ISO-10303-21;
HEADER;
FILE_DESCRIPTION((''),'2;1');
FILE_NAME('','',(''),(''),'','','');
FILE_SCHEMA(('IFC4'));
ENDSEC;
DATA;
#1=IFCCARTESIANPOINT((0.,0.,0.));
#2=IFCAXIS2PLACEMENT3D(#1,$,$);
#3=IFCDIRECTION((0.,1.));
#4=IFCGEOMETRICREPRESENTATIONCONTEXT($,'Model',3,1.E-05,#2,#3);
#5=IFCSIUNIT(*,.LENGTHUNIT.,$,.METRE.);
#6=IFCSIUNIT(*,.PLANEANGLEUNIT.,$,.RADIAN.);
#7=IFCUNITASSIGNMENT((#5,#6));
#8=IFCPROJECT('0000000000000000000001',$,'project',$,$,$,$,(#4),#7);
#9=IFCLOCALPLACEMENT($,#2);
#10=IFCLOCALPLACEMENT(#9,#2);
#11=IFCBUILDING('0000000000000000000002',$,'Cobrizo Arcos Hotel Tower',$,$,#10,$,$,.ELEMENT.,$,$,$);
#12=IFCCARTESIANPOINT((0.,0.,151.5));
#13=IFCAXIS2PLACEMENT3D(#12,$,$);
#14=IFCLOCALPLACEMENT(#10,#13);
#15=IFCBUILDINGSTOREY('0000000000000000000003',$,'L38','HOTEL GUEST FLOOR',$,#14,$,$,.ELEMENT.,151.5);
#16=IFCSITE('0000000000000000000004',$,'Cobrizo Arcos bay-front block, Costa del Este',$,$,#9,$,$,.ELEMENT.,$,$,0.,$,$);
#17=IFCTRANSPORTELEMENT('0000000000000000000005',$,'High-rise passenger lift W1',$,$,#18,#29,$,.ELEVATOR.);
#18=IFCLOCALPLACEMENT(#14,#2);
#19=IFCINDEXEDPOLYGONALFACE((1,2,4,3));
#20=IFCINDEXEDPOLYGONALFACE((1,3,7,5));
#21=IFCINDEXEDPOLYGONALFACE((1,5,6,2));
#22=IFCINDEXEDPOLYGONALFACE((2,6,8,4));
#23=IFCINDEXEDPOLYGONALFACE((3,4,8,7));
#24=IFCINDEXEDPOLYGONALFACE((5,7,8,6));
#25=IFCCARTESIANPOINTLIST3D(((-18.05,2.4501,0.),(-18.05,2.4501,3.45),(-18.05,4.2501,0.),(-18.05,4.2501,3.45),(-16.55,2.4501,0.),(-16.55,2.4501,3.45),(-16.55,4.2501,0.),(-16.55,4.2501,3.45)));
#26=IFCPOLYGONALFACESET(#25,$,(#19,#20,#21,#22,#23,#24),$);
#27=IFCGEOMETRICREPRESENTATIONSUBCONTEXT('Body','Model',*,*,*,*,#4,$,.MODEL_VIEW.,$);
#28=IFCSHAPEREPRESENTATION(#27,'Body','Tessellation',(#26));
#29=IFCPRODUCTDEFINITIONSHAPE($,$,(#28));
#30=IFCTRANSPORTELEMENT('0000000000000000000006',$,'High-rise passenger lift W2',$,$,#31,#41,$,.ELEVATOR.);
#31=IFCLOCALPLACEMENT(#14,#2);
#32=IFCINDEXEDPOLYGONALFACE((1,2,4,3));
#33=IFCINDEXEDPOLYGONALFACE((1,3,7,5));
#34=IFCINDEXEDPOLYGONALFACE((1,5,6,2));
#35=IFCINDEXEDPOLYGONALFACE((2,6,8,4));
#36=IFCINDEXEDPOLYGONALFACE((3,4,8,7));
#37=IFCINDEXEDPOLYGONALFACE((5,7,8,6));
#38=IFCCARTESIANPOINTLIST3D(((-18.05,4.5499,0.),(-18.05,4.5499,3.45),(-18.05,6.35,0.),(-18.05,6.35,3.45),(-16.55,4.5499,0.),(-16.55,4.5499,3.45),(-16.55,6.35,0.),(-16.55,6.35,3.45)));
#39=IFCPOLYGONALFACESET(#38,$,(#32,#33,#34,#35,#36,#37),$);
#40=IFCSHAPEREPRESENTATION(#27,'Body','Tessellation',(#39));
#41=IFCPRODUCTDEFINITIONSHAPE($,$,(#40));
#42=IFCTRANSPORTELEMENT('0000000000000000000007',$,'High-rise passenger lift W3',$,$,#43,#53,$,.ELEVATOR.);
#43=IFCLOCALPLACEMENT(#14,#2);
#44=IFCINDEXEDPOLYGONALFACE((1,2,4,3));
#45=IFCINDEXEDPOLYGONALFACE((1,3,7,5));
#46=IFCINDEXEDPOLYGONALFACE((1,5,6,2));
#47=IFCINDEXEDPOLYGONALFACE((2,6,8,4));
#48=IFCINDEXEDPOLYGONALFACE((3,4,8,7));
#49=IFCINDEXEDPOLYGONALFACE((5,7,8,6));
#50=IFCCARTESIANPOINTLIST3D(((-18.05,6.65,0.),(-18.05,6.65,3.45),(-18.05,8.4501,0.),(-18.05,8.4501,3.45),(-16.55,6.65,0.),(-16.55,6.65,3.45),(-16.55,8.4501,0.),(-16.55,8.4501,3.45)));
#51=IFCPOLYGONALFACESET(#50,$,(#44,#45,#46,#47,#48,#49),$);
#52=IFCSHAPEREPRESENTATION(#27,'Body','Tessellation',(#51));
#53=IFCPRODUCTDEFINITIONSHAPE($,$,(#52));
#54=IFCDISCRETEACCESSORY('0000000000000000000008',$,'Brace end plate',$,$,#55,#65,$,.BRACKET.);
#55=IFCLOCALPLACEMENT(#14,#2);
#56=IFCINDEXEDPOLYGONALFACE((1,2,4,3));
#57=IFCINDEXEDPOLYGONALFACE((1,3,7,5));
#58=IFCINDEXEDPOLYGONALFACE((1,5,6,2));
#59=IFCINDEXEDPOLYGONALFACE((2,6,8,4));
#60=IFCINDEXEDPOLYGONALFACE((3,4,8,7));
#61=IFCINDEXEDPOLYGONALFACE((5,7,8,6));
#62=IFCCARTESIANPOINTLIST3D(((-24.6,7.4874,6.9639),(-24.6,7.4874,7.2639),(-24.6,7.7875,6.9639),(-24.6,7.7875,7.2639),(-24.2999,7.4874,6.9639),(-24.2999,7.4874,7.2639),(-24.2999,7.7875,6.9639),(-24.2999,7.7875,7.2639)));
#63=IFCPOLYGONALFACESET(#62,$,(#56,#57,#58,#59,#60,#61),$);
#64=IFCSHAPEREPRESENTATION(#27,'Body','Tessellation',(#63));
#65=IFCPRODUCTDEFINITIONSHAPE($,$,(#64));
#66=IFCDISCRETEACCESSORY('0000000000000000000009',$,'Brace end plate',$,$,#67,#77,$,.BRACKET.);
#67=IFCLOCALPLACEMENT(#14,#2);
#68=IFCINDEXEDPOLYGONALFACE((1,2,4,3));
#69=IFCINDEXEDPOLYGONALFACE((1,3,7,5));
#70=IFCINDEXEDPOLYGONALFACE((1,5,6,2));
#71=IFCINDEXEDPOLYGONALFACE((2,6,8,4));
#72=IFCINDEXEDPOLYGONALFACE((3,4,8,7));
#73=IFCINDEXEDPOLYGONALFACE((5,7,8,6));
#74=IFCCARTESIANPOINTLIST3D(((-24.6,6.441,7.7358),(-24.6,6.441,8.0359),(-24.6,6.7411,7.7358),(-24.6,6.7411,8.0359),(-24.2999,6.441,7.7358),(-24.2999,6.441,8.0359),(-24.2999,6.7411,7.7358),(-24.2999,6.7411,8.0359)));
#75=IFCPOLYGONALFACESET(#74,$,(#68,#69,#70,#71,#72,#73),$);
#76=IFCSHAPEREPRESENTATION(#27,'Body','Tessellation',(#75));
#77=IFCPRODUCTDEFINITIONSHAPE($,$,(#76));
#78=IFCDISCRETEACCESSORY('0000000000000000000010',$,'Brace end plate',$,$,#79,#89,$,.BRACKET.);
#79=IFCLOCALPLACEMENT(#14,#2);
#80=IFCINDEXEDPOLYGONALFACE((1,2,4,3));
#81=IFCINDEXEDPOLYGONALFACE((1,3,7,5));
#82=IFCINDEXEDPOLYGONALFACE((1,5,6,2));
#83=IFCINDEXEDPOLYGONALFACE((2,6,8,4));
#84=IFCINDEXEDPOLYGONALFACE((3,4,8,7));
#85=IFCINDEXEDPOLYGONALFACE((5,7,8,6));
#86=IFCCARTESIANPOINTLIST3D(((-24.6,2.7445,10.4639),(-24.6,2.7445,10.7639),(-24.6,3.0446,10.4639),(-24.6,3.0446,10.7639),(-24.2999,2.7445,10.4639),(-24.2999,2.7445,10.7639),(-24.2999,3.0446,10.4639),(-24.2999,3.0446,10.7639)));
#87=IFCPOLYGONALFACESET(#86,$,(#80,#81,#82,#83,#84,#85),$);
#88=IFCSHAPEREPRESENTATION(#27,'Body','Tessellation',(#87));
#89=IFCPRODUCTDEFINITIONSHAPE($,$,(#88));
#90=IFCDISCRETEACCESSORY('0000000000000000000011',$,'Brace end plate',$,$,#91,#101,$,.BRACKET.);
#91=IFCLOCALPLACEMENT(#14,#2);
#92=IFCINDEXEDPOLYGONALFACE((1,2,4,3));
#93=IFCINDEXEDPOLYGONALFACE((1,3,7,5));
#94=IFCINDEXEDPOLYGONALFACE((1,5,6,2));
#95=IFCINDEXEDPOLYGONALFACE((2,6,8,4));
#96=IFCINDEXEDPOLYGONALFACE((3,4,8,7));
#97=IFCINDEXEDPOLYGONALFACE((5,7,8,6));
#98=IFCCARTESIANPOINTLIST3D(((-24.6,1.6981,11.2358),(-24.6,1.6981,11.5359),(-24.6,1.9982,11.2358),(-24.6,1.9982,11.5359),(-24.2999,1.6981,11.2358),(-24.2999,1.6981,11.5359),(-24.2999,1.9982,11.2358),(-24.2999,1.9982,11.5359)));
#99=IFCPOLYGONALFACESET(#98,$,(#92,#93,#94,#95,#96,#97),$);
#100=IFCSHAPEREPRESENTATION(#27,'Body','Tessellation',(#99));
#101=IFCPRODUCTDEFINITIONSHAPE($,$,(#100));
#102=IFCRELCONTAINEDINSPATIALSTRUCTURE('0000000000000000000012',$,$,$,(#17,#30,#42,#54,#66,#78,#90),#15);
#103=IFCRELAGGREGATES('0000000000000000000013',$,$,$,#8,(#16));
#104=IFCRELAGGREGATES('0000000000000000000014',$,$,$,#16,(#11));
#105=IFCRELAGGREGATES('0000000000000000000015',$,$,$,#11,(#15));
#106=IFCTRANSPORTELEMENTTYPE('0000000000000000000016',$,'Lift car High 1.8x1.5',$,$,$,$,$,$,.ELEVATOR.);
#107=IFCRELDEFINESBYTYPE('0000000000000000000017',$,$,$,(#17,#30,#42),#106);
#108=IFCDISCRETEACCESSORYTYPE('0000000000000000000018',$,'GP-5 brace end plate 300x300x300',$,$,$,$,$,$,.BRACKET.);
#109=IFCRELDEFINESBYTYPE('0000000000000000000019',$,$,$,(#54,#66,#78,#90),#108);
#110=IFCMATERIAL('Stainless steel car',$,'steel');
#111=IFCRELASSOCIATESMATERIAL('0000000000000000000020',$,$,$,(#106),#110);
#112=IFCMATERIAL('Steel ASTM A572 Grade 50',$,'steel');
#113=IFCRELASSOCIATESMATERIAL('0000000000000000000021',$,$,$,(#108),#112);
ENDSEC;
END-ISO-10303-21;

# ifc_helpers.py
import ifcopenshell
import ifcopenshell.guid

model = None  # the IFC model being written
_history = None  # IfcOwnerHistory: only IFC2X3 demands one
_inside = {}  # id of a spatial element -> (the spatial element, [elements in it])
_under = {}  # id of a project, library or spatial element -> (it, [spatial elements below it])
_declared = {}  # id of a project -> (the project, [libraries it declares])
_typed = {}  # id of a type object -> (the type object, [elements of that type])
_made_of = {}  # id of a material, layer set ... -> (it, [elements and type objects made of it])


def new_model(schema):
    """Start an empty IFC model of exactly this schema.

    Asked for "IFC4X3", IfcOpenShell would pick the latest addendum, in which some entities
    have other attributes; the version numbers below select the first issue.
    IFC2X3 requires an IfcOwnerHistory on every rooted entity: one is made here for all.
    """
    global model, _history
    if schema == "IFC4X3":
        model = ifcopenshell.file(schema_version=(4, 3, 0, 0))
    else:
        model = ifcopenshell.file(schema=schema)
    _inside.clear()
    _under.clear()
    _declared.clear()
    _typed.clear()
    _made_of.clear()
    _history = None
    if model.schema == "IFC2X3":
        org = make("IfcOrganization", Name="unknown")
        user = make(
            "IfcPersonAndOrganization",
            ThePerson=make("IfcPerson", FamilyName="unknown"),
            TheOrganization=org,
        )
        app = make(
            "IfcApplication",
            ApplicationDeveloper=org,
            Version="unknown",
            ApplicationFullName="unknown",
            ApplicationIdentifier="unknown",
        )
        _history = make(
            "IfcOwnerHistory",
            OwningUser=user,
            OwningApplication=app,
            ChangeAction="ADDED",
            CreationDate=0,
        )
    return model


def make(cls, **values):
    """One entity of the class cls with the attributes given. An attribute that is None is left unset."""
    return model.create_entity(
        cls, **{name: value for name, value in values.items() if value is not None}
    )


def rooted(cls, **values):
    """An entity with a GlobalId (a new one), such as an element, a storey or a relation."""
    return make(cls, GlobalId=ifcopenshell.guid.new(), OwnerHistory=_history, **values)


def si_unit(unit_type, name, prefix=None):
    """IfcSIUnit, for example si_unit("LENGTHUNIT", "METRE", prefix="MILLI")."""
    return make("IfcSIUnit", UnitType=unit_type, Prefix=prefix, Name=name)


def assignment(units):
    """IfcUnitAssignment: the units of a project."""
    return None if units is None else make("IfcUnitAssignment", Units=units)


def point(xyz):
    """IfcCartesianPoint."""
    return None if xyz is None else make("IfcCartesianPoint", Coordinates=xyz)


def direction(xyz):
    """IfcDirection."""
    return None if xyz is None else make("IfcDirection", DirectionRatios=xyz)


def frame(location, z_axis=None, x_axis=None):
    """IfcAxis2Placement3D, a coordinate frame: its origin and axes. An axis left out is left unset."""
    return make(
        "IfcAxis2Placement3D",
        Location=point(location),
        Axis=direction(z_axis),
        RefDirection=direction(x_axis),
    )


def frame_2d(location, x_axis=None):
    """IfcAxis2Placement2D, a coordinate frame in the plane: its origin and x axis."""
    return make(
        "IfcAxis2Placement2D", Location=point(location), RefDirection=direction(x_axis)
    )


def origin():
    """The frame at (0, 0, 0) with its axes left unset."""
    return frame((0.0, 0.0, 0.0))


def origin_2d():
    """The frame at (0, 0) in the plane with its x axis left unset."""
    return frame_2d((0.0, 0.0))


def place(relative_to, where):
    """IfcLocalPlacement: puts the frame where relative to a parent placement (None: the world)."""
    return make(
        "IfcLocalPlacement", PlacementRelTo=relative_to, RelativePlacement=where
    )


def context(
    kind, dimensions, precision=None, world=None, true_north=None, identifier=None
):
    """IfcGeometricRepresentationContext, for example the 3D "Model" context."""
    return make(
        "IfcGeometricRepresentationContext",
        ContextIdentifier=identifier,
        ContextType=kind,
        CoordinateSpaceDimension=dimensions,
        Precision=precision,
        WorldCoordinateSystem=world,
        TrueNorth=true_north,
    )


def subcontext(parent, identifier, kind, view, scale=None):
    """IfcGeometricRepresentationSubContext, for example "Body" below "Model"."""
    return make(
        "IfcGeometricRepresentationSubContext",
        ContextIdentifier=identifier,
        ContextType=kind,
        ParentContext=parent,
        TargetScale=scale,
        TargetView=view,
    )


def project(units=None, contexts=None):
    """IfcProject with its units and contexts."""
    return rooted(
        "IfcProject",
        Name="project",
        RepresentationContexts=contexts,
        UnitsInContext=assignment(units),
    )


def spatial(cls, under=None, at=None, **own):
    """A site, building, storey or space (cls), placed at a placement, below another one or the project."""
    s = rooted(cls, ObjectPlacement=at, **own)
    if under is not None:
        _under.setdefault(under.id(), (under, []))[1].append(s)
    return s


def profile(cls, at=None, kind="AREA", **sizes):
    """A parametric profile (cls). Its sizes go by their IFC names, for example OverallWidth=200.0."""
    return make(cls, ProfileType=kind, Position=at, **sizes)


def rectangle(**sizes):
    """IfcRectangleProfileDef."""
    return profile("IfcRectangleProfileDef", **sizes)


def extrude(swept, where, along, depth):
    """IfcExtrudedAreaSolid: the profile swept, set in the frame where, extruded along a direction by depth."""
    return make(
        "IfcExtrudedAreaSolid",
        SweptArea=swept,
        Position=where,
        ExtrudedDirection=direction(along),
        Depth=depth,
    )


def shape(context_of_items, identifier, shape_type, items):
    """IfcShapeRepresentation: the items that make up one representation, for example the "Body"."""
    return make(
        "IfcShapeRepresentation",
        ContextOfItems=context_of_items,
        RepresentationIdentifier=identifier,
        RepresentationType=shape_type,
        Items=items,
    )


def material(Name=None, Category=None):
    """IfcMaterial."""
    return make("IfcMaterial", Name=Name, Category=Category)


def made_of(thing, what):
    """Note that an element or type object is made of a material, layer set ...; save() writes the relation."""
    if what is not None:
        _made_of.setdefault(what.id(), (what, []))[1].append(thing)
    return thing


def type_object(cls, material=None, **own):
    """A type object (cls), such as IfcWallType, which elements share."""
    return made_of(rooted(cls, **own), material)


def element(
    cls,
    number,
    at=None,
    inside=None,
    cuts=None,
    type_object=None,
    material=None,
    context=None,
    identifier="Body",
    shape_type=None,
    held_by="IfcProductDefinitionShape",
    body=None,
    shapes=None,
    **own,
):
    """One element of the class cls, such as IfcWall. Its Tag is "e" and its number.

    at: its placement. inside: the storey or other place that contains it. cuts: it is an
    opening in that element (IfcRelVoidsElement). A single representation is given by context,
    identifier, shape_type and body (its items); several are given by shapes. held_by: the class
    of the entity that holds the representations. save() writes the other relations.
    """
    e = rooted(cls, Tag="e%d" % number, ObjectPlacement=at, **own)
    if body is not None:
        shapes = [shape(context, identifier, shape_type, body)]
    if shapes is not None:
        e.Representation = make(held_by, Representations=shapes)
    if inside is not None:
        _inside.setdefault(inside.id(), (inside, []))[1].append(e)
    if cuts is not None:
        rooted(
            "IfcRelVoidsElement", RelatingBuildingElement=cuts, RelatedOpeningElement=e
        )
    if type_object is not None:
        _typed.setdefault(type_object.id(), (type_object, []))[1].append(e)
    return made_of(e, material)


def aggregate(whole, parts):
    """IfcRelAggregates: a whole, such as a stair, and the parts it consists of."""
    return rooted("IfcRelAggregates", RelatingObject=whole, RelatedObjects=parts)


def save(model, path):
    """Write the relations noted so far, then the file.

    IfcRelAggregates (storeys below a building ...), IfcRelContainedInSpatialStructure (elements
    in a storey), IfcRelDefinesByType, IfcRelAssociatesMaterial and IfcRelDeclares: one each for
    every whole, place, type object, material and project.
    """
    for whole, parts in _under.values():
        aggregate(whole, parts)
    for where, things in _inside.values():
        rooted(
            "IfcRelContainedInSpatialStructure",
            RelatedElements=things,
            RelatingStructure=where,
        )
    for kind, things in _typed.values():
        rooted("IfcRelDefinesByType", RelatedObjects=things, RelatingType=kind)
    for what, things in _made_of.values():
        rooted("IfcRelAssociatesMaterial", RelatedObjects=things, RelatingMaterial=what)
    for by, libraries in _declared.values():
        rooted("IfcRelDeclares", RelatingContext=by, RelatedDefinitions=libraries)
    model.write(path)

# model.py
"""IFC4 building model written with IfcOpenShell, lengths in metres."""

from ifc_helpers import new_model, si_unit, direction, frame, origin, origin_2d, place, context, subcontext, project, spatial, rectangle, extrude, material, type_object, element, save


model = new_model("IFC4")

# Units and contexts
model_context = context("Model", 3, precision=1e-05, world=origin(), true_north=direction((0.0, 1.0)))
body_context = subcontext(model_context, "Body", "Model", "MODEL_VIEW")
ifc_project = project(units=[si_unit("LENGTHUNIT", "METRE"), si_unit("PLANEANGLEUNIT", "RADIAN")], contexts=[model_context])

# Site, building, storey
site_placement = place(None, origin())
site = spatial("IfcSite", under=ifc_project, at=site_placement, Name="Cobrizo Arcos bay-front block, Costa del Este", CompositionType="ELEMENT", RefElevation=0.0)
building_placement = place(site_placement, origin())
building = spatial("IfcBuilding", under=site, at=building_placement, Name="Cobrizo Arcos Hotel Tower", CompositionType="ELEMENT")
storey_placement = place(building_placement, frame((0.0, 0.0, 151.5)))
storey = spatial("IfcBuildingStorey", under=building, at=storey_placement, Name="L38", Description="HOTEL GUEST FLOOR", CompositionType="ELEMENT", Elevation=151.5)

# Shared definitions
ifc_material_1 = material(Name="Steel ASTM A572 Grade 50", Category="steel")

# Transport elements
ifc_material_2 = material(Name="Stainless steel car", Category="steel")
transport_element_type = type_object("IfcTransportElementType", Name="Lift car High 1.8x1.5", PredefinedType="ELEVATOR", material=ifc_material_2)
for number, where, z_axis, x_axis, name in (
    (1, (-17.3, 3.3501, 0.0), (0.0, 0.0, 1.0), (1.0, 0.0, 0.0), "High-rise passenger lift W1"),
    (2, (-17.3, 5.45, 0.0), (0.0, 0.0, 1.0), (1.0, 0.0, 0.0), "High-rise passenger lift W2"),
    (3, (-17.3, 7.55, 0.0), (0.0, 0.0, 1.0), (1.0, 0.0, 0.0), "High-rise passenger lift W3"),
):
    element("IfcTransportElement", number, at=place(storey_placement, frame(where, z_axis=z_axis, x_axis=x_axis)), inside=storey, type_object=transport_element_type, Name=name, PredefinedType="ELEVATOR", context=body_context, shape_type="SweptSolid", body=[
        extrude(rectangle(XDim=1.5, YDim=1.8, at=origin_2d()), origin(), (0.0, 0.0, 1.0), 3.45),
    ])

# Discrete accessories
discrete_accessory_type = type_object("IfcDiscreteAccessoryType", Name="GP-5 brace end plate 300x300x300", PredefinedType="BRACKET", material=ifc_material_1)
for number, where, z_axis, x_axis, name in (
    (4, (-24.45, 7.6375, 6.9639), (0.0, 0.0, 1.0), (1.0, 0.0, 0.0), "Brace end plate"),
    (5, (-24.45, 6.5911, 7.7358), (0.0, 0.0, 1.0), (1.0, 0.0, 0.0), "Brace end plate"),
    (6, (-24.45, 2.8945, 10.4639), (0.0, 0.0, 1.0), (1.0, 0.0, 0.0), "Brace end plate"),
    (7, (-24.45, 1.8481, 11.2358), (0.0, 0.0, 1.0), (1.0, 0.0, 0.0), "Brace end plate"),
):
    element("IfcDiscreteAccessory", number, at=place(storey_placement, frame(where, z_axis=z_axis, x_axis=x_axis)), inside=storey, type_object=discrete_accessory_type, Name=name, PredefinedType="BRACKET", context=body_context, shape_type="SweptSolid", body=[
        extrude(rectangle(XDim=0.3, YDim=0.3, at=origin_2d()), origin(), (0.0, 0.0, 1.0), 0.3),
    ])

save(model, "model.ifc")
